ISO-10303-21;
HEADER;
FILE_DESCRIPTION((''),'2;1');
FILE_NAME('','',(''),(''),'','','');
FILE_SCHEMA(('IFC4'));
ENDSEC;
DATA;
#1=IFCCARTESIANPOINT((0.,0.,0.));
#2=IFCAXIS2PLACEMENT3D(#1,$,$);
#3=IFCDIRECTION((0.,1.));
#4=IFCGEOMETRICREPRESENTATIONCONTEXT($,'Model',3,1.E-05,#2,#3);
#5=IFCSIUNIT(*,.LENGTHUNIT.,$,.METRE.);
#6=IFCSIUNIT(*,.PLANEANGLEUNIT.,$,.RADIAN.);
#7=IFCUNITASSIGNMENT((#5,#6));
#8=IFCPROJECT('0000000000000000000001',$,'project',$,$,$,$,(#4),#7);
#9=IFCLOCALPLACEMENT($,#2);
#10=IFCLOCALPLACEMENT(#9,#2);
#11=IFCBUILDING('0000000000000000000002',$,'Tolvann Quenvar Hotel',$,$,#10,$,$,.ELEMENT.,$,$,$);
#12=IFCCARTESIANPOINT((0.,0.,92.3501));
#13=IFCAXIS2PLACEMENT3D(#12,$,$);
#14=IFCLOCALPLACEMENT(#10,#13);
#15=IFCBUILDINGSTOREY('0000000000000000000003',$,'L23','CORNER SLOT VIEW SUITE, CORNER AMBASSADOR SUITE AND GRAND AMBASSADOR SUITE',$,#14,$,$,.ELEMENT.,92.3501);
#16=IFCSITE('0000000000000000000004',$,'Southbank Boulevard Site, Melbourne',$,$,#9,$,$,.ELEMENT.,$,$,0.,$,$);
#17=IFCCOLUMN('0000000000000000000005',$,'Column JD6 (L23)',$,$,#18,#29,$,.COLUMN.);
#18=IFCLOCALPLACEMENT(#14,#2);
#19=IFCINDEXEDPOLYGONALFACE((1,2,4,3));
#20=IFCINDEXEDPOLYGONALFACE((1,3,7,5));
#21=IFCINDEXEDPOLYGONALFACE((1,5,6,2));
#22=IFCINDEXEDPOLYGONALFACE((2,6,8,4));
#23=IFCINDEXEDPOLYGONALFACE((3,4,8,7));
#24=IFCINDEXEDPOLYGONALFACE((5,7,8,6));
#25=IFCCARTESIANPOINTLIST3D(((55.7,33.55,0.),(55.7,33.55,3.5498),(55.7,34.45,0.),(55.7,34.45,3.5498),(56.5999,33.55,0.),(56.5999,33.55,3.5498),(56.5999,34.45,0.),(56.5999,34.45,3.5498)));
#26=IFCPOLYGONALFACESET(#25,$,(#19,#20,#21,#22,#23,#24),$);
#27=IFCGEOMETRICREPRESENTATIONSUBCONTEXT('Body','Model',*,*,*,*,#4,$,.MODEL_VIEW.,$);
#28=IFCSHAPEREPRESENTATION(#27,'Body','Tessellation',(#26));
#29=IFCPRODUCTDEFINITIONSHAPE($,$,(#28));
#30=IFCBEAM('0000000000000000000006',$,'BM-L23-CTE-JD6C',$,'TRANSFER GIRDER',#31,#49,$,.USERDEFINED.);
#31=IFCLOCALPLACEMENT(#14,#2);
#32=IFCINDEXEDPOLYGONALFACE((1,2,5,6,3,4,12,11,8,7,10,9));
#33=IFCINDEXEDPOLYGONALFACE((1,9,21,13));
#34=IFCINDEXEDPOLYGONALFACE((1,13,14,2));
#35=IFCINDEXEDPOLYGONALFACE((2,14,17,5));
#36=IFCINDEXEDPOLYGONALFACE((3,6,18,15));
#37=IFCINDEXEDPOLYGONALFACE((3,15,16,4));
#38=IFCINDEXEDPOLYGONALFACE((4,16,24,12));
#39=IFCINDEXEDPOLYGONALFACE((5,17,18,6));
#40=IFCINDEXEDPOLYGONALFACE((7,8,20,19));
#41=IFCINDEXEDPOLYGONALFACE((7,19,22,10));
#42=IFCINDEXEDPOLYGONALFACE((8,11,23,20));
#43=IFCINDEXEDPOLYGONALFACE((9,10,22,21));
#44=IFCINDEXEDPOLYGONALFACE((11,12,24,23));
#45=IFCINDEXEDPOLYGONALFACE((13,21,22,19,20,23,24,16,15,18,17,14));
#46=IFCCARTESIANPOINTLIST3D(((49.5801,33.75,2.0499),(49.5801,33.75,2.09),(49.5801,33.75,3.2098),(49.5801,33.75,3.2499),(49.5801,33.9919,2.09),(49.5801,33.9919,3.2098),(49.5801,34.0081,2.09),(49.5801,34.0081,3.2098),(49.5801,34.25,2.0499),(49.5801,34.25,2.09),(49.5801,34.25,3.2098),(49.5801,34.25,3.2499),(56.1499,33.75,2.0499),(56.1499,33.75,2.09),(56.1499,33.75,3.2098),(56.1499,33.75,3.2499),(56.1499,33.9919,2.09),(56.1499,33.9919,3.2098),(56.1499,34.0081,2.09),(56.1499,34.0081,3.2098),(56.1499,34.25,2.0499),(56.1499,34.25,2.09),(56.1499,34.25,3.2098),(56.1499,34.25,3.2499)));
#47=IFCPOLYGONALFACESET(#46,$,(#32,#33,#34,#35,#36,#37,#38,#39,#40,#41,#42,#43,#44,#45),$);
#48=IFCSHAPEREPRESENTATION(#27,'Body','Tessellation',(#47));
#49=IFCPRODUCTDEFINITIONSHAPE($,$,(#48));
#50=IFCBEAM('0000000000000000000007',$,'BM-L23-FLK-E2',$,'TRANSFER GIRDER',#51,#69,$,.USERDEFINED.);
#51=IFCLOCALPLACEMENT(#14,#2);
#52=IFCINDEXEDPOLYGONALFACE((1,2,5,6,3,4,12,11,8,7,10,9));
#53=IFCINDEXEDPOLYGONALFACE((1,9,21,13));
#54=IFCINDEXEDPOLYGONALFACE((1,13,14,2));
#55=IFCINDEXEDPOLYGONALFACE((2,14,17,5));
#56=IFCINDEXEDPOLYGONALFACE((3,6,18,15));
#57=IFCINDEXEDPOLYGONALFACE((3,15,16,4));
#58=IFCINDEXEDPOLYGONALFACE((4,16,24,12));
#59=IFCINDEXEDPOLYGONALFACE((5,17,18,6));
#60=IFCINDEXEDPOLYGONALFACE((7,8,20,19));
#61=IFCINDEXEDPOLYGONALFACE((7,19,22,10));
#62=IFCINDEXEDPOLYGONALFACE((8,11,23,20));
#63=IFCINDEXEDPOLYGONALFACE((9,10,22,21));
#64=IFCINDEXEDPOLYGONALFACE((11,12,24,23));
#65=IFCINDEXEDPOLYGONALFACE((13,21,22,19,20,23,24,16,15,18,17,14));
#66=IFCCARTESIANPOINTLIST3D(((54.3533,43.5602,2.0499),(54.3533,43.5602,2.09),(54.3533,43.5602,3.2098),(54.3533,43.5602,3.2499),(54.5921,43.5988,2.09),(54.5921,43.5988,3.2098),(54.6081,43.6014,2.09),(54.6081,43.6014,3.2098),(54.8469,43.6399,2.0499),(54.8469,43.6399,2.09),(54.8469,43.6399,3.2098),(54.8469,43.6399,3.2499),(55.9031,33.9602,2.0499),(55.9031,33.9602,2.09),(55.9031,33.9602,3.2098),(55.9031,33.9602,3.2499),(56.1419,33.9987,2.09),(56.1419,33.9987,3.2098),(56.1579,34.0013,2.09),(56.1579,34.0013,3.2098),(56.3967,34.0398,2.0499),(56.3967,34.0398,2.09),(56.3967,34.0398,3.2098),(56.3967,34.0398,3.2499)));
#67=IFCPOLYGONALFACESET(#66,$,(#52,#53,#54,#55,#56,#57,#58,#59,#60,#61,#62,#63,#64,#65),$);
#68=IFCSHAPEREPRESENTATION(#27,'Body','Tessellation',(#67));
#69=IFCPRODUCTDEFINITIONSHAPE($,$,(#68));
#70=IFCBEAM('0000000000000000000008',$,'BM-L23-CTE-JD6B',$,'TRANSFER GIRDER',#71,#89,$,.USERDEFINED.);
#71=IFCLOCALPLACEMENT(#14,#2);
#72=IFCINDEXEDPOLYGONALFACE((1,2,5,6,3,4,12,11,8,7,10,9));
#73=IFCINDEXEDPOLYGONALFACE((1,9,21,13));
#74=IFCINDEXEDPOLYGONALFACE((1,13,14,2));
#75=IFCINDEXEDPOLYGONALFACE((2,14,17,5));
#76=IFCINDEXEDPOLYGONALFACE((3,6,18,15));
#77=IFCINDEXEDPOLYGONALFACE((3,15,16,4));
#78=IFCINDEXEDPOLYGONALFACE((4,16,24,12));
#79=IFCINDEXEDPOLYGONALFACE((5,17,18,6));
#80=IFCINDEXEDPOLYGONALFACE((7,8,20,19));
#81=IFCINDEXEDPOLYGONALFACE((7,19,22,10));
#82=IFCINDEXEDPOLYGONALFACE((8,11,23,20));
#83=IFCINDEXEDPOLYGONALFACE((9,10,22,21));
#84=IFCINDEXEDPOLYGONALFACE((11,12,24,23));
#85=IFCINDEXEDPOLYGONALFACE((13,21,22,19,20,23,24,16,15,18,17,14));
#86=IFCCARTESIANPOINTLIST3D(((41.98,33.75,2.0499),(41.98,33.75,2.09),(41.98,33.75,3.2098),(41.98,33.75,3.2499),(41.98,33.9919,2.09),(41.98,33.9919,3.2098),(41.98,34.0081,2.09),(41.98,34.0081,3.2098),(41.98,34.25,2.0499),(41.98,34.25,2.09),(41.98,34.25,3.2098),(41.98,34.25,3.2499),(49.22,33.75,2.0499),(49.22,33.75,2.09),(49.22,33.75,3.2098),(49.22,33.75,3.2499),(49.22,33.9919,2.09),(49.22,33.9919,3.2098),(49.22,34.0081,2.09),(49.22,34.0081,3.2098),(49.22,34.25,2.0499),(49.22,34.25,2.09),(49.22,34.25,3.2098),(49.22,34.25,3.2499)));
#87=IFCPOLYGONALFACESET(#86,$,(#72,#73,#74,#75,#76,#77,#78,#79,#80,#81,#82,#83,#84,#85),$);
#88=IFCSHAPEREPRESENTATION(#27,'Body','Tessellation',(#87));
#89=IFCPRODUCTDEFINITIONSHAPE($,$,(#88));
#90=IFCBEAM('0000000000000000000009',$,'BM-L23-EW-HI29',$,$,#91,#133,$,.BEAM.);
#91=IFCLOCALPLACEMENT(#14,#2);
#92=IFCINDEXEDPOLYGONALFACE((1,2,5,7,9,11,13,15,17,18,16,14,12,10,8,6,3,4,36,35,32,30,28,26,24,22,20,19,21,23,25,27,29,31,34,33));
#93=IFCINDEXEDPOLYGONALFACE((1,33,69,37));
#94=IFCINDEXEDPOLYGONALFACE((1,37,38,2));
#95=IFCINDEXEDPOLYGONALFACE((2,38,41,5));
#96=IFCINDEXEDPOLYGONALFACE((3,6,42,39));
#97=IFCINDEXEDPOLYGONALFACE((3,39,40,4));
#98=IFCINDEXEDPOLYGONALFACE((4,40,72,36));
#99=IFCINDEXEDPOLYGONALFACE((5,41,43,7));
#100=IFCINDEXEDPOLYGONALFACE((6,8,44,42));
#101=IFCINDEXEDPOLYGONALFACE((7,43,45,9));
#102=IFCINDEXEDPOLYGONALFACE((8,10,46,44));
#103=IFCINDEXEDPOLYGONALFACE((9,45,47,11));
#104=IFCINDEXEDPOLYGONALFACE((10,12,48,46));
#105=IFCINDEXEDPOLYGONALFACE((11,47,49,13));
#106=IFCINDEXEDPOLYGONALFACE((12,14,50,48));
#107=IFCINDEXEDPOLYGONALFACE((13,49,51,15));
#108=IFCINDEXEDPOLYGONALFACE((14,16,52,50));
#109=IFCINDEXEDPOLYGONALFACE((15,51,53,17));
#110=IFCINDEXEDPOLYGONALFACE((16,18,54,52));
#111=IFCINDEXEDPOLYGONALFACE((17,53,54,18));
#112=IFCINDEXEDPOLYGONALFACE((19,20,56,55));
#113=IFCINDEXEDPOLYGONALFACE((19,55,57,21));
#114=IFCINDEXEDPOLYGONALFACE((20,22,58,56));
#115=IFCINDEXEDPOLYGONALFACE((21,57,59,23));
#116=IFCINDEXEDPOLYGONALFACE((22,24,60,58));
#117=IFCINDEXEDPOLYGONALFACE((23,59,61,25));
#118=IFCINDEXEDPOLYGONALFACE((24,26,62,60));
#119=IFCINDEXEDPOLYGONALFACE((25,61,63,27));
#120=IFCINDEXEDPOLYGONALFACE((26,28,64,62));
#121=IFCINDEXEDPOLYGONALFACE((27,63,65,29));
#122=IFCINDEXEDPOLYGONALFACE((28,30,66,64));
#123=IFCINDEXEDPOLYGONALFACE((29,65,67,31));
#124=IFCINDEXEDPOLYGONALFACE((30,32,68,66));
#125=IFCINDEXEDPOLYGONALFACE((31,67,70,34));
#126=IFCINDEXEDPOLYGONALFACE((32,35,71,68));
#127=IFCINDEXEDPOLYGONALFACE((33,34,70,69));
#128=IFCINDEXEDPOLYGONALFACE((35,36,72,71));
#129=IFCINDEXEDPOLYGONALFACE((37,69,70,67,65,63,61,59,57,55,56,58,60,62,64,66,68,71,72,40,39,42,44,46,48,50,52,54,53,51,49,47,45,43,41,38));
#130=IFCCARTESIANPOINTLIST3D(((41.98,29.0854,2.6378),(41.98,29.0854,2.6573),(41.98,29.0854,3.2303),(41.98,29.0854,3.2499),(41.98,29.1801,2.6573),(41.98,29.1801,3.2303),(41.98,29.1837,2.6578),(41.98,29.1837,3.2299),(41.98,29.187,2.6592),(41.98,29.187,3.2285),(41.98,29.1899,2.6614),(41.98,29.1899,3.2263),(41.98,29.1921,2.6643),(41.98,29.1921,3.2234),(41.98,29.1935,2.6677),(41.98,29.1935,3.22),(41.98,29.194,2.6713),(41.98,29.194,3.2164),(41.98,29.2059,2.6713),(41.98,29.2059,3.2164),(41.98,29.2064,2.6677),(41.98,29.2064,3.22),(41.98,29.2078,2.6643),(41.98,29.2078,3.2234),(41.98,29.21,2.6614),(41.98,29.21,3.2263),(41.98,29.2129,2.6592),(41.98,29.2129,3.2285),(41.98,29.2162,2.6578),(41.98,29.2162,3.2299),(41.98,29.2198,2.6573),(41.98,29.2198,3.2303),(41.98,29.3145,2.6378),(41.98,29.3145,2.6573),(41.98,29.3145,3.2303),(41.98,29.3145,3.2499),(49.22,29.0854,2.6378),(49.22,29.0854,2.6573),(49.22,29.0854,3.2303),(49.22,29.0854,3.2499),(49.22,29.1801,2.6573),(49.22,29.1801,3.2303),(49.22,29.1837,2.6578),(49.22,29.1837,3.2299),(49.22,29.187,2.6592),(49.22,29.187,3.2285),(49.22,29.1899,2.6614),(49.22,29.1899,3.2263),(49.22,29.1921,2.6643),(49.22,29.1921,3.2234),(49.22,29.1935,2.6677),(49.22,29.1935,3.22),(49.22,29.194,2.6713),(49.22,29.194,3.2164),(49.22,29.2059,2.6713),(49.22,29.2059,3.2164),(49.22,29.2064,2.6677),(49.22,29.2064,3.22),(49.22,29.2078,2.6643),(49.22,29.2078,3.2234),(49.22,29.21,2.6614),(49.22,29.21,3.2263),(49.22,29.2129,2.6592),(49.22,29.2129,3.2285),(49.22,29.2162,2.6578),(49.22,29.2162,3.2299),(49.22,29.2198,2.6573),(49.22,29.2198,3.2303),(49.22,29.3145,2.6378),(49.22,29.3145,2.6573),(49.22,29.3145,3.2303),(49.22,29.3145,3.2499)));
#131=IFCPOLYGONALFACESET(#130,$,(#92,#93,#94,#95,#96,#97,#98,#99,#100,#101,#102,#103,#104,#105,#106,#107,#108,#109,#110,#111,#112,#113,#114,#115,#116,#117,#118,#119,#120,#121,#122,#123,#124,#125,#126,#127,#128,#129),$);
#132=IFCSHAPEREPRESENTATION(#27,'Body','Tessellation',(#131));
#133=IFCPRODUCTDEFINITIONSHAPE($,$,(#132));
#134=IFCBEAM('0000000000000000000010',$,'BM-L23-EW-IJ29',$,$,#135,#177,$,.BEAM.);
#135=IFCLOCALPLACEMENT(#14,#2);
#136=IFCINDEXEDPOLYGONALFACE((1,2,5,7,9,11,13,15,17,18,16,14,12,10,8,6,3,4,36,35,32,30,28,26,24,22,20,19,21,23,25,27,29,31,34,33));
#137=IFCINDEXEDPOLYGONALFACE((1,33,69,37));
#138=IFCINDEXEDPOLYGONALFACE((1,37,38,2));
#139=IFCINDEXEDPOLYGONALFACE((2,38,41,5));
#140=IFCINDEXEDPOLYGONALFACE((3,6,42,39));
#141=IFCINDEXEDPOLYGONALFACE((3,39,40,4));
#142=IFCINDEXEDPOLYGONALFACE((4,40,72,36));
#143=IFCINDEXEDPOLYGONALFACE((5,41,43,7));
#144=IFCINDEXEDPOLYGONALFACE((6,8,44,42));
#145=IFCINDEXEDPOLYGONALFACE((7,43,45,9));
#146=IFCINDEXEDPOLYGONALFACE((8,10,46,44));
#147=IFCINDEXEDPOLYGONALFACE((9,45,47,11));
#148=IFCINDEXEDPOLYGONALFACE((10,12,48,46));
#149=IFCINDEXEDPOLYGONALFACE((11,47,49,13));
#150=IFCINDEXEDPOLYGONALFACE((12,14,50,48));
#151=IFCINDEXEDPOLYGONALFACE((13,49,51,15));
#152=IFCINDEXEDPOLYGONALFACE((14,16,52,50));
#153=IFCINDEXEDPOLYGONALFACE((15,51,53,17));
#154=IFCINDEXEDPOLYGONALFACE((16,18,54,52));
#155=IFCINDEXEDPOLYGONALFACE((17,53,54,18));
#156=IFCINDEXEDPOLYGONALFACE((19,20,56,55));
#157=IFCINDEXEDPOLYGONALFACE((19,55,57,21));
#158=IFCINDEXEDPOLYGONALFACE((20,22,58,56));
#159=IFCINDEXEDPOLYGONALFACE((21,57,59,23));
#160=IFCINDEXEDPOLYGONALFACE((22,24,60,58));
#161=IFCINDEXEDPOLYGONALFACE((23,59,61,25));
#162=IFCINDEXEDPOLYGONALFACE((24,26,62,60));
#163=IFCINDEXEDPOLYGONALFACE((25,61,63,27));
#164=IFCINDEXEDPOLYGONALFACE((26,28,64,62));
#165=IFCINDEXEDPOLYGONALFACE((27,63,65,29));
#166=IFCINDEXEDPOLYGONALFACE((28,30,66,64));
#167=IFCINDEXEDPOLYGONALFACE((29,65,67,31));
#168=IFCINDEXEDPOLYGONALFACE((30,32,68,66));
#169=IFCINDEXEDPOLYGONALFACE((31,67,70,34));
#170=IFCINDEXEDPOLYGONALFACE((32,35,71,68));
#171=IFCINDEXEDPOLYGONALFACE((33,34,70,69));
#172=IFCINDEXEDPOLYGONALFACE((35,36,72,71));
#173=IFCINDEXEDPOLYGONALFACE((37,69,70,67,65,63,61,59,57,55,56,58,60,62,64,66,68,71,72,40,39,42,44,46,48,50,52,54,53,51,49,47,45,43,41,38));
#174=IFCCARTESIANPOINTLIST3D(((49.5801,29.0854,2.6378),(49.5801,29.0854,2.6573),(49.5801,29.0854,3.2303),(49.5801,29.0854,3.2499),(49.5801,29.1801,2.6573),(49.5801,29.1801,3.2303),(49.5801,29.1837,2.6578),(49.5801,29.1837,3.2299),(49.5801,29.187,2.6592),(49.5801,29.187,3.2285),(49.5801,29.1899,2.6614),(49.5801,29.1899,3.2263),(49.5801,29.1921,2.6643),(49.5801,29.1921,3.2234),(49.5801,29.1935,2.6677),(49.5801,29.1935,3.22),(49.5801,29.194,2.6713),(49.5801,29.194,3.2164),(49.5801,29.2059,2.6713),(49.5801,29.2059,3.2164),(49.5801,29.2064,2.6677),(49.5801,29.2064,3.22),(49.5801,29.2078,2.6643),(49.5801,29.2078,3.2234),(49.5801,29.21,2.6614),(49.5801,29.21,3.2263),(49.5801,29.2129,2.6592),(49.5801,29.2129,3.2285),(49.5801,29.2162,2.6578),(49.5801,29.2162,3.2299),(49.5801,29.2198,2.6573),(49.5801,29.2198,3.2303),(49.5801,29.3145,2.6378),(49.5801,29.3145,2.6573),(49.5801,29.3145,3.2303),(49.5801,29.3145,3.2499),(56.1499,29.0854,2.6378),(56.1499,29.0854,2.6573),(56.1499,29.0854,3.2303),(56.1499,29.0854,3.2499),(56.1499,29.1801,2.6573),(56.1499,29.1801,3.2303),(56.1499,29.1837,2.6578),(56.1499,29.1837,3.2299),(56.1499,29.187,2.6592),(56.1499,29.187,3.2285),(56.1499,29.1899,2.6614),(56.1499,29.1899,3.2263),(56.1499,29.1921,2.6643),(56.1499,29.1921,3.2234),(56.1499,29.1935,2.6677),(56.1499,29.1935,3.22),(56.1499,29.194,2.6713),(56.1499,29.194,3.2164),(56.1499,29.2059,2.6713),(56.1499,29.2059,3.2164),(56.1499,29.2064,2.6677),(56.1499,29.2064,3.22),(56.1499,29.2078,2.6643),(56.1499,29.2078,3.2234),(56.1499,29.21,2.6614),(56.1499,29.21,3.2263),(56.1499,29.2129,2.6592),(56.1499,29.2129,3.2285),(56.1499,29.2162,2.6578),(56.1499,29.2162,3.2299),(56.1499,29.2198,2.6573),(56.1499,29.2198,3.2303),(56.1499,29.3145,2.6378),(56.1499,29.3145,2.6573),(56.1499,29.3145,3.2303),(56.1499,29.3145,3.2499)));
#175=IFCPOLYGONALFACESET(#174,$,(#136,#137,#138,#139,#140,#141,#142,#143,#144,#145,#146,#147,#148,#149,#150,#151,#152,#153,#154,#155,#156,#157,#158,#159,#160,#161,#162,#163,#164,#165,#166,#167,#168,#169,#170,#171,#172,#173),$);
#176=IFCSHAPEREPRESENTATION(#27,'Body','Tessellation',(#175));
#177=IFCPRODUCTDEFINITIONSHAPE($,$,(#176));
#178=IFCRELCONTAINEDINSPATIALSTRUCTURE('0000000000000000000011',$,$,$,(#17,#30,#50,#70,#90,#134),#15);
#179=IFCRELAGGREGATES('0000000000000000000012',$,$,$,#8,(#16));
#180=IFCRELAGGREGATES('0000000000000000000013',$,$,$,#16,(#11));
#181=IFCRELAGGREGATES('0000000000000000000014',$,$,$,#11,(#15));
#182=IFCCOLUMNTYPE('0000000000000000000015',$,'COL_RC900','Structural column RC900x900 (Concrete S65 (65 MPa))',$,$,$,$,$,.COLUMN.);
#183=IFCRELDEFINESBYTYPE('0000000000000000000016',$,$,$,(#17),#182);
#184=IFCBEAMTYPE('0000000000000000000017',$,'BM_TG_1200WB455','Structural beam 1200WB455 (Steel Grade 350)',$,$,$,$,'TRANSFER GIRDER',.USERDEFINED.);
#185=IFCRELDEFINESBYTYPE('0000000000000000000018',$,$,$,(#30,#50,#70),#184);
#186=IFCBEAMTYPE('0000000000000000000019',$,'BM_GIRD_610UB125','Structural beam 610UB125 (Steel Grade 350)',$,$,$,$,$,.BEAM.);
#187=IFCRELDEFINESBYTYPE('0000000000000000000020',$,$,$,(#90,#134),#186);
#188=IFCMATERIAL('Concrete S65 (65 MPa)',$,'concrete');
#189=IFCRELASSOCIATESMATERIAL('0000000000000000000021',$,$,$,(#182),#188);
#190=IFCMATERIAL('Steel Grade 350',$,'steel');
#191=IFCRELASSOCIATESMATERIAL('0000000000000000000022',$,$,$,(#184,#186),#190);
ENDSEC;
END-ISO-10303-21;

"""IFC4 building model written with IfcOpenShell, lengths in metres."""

from ifc_helpers import new_model, si_unit, direction, frame, origin, origin_2d, place, context, subcontext, project, spatial, rectangle, i_section, extrude, source, transform, mapped, material, material_profile, profile_set, type_object, type_shapes, element, save


model = new_model("IFC4")

# Units and contexts
model_context = context("Model", 3, precision=1e-05, world=origin(), true_north=direction((0.0, 1.0)))
body_context = subcontext(model_context, "Body", "Model", "MODEL_VIEW")
ifc_project = project(units=[si_unit("LENGTHUNIT", "METRE"), si_unit("PLANEANGLEUNIT", "RADIAN")], contexts=[model_context])

# Site, building, storey
site_placement = place(None, origin())
site = spatial("IfcSite", under=ifc_project, at=site_placement, Name="Southbank Boulevard Site, Melbourne", CompositionType="ELEMENT", RefElevation=0.0)
building_placement = place(site_placement, origin())
building = spatial("IfcBuilding", under=site, at=building_placement, Name="Tolvann Quenvar Hotel", CompositionType="ELEMENT")
storey_placement = place(building_placement, frame((0.0, 0.0, 92.3501)))
storey = spatial("IfcBuildingStorey", under=building, at=storey_placement, Name="L23", Description="CORNER SLOT VIEW SUITE, CORNER AMBASSADOR SUITE AND GRAND AMBASSADOR SUITE", CompositionType="ELEMENT", Elevation=92.3501)

# Column
ifc_material_1 = material(Name="Concrete S65 (65 MPa)", Category="concrete")
ifc_material_profile_1 = material_profile(ifc_material_1, rectangle(XDim=0.8999, YDim=0.8999, at=origin_2d()), Name="RC900x900")
ifc_profile_set_1 = profile_set([ifc_material_profile_1], Name="Concrete S65 (65 MPa)")
column_type = type_object("IfcColumnType", Name="COL_RC900", Description="Structural column RC900x900 (Concrete S65 (65 MPa))", PredefinedType="COLUMN", material=ifc_profile_set_1)
shared_shape_1 = source(origin(), body_context, "Body", "SweptSolid", [
    extrude(rectangle(XDim=0.8999, YDim=0.8999, at=origin_2d()), origin(), (0.0, 0.0, 1.0), 3.5498),
])
type_shapes(column_type, [shared_shape_1])
column_placement = place(storey_placement, frame((56.1499, 34.0, 0.0), z_axis=(0.0, 0.0, 1.0), x_axis=(1.0, 0.0, 0.0)))
element("IfcColumn", 1, at=column_placement, inside=storey, type_object=column_type, Name="Column JD6 (L23)", PredefinedType="COLUMN", context=body_context, shape_type="MappedRepresentation", body=[
    mapped(shared_shape_1, transform((0.0, 0.0, 0.0), x_axis=(1.0, 0.0, 0.0), y_axis=(0.0, 1.0, 0.0), z_axis=(0.0, 0.0, 1.0), scale=1.0)),
])

# Beams
ifc_material_2 = material(Name="Steel Grade 350", Category="steel")
ifc_material_profile_2 = material_profile(ifc_material_2, i_section(OverallWidth=0.5, OverallDepth=1.2, WebThickness=0.0161, FlangeThickness=0.04, at=origin_2d()), Name="1200WB455")
ifc_profile_set_2 = profile_set([ifc_material_profile_2], Name="Steel Grade 350")
beam_type_1 = type_object("IfcBeamType", Name="BM_TG_1200WB455", Description="Structural beam 1200WB455 (Steel Grade 350)", ElementType="TRANSFER GIRDER", PredefinedType="USERDEFINED", material=ifc_profile_set_2)
shared_shape_2 = source(origin(), body_context, "Body", "SweptSolid", [
    extrude(i_section(OverallWidth=0.5, OverallDepth=1.2, WebThickness=0.0161, FlangeThickness=0.04, at=origin_2d()), origin(), (0.0, 0.0, 1.0), 6.5698),
])
beam_1_placement = place(storey_placement, frame((49.5801, 34.0, 2.6499), z_axis=(1.0, 0.0, 0.0), x_axis=(0.0, 1.0, 0.0)))
element("IfcBeam", 2, at=beam_1_placement, inside=storey, type_object=beam_type_1, Name="BM-L23-CTE-JD6C", ObjectType="TRANSFER GIRDER", PredefinedType="USERDEFINED", context=body_context, shape_type="MappedRepresentation", body=[
    mapped(shared_shape_2, transform((0.0, 0.0, 0.0), x_axis=(1.0, 0.0, 0.0), y_axis=(0.0, 1.0, 0.0), z_axis=(0.0, 0.0, 1.0), scale=1.0)),
])
shared_shape_3 = source(origin(), body_context, "Body", "SweptSolid", [
    extrude(i_section(OverallWidth=0.5, OverallDepth=1.2, WebThickness=0.0161, FlangeThickness=0.04, at=origin_2d()), origin(), (0.0, 0.0, 1.0), 9.7244),
])
beam_2_placement = place(storey_placement, frame((56.1499, 34.0, 2.6499), z_axis=(-0.159373, 0.987218, 0.0), x_axis=(-0.987218, -0.159373, 0.0)))
element("IfcBeam", 3, at=beam_2_placement, inside=storey, type_object=beam_type_1, Name="BM-L23-FLK-E2", ObjectType="TRANSFER GIRDER", PredefinedType="USERDEFINED", context=body_context, shape_type="MappedRepresentation", body=[
    mapped(shared_shape_3, transform((0.0, 0.0, 0.0), x_axis=(1.0, 0.0, 0.0), y_axis=(0.0, 1.0, 0.0), z_axis=(0.0, 0.0, 1.0), scale=1.0)),
])
shared_shape_4 = source(origin(), body_context, "Body", "SweptSolid", [
    extrude(i_section(OverallWidth=0.5, OverallDepth=1.2, WebThickness=0.0161, FlangeThickness=0.04, at=origin_2d()), origin(), (0.0, 0.0, 1.0), 7.24),
])
type_shapes(beam_type_1, [shared_shape_2, shared_shape_3, shared_shape_4])
beam_3_placement = place(storey_placement, frame((41.98, 34.0, 2.6499), z_axis=(1.0, 0.0, 0.0), x_axis=(0.0, 1.0, 0.0)))
element("IfcBeam", 4, at=beam_3_placement, inside=storey, type_object=beam_type_1, Name="BM-L23-CTE-JD6B", ObjectType="TRANSFER GIRDER", PredefinedType="USERDEFINED", context=body_context, shape_type="MappedRepresentation", body=[
    mapped(shared_shape_4, transform((0.0, 0.0, 0.0), x_axis=(1.0, 0.0, 0.0), y_axis=(0.0, 1.0, 0.0), z_axis=(0.0, 0.0, 1.0), scale=1.0)),
])
ifc_material_profile_3 = material_profile(ifc_material_2, i_section(OverallWidth=0.229, OverallDepth=0.6121, WebThickness=0.012, FlangeThickness=0.0195, FilletRadius=0.0139, at=origin_2d()), Name="610UB125")
ifc_profile_set_3 = profile_set([ifc_material_profile_3], Name="Steel Grade 350")
beam_type_2 = type_object("IfcBeamType", Name="BM_GIRD_610UB125", Description="Structural beam 610UB125 (Steel Grade 350)", PredefinedType="BEAM", material=ifc_profile_set_3)
shared_shape_5 = source(origin(), body_context, "Body", "SweptSolid", [
    extrude(i_section(OverallWidth=0.229, OverallDepth=0.6121, WebThickness=0.012, FlangeThickness=0.0195, FilletRadius=0.0139, at=origin_2d()), origin(), (0.0, 0.0, 1.0), 7.24),
])
beam_4_placement = place(storey_placement, frame((41.98, 29.2, 2.9438), z_axis=(1.0, 0.0, 0.0), x_axis=(0.0, 1.0, 0.0)))
element("IfcBeam", 5, at=beam_4_placement, inside=storey, type_object=beam_type_2, Name="BM-L23-EW-HI29", PredefinedType="BEAM", context=body_context, shape_type="MappedRepresentation", body=[
    mapped(shared_shape_5, transform((0.0, 0.0, 0.0), x_axis=(1.0, 0.0, 0.0), y_axis=(0.0, 1.0, 0.0), z_axis=(0.0, 0.0, 1.0), scale=1.0)),
])
shared_shape_6 = source(origin(), body_context, "Body", "SweptSolid", [
    extrude(i_section(OverallWidth=0.229, OverallDepth=0.6121, WebThickness=0.012, FlangeThickness=0.0195, FilletRadius=0.0139, at=origin_2d()), origin(), (0.0, 0.0, 1.0), 6.5698),
])
type_shapes(beam_type_2, [shared_shape_5, shared_shape_6])
beam_5_placement = place(storey_placement, frame((49.5801, 29.2, 2.9438), z_axis=(1.0, 0.0, 0.0), x_axis=(0.0, 1.0, 0.0)))
element("IfcBeam", 6, at=beam_5_placement, inside=storey, type_object=beam_type_2, Name="BM-L23-EW-IJ29", PredefinedType="BEAM", context=body_context, shape_type="MappedRepresentation", body=[
    mapped(shared_shape_6, transform((0.0, 0.0, 0.0), x_axis=(1.0, 0.0, 0.0), y_axis=(0.0, 1.0, 0.0), z_axis=(0.0, 0.0, 1.0), scale=1.0)),
])

save(model, "model.ifc")
